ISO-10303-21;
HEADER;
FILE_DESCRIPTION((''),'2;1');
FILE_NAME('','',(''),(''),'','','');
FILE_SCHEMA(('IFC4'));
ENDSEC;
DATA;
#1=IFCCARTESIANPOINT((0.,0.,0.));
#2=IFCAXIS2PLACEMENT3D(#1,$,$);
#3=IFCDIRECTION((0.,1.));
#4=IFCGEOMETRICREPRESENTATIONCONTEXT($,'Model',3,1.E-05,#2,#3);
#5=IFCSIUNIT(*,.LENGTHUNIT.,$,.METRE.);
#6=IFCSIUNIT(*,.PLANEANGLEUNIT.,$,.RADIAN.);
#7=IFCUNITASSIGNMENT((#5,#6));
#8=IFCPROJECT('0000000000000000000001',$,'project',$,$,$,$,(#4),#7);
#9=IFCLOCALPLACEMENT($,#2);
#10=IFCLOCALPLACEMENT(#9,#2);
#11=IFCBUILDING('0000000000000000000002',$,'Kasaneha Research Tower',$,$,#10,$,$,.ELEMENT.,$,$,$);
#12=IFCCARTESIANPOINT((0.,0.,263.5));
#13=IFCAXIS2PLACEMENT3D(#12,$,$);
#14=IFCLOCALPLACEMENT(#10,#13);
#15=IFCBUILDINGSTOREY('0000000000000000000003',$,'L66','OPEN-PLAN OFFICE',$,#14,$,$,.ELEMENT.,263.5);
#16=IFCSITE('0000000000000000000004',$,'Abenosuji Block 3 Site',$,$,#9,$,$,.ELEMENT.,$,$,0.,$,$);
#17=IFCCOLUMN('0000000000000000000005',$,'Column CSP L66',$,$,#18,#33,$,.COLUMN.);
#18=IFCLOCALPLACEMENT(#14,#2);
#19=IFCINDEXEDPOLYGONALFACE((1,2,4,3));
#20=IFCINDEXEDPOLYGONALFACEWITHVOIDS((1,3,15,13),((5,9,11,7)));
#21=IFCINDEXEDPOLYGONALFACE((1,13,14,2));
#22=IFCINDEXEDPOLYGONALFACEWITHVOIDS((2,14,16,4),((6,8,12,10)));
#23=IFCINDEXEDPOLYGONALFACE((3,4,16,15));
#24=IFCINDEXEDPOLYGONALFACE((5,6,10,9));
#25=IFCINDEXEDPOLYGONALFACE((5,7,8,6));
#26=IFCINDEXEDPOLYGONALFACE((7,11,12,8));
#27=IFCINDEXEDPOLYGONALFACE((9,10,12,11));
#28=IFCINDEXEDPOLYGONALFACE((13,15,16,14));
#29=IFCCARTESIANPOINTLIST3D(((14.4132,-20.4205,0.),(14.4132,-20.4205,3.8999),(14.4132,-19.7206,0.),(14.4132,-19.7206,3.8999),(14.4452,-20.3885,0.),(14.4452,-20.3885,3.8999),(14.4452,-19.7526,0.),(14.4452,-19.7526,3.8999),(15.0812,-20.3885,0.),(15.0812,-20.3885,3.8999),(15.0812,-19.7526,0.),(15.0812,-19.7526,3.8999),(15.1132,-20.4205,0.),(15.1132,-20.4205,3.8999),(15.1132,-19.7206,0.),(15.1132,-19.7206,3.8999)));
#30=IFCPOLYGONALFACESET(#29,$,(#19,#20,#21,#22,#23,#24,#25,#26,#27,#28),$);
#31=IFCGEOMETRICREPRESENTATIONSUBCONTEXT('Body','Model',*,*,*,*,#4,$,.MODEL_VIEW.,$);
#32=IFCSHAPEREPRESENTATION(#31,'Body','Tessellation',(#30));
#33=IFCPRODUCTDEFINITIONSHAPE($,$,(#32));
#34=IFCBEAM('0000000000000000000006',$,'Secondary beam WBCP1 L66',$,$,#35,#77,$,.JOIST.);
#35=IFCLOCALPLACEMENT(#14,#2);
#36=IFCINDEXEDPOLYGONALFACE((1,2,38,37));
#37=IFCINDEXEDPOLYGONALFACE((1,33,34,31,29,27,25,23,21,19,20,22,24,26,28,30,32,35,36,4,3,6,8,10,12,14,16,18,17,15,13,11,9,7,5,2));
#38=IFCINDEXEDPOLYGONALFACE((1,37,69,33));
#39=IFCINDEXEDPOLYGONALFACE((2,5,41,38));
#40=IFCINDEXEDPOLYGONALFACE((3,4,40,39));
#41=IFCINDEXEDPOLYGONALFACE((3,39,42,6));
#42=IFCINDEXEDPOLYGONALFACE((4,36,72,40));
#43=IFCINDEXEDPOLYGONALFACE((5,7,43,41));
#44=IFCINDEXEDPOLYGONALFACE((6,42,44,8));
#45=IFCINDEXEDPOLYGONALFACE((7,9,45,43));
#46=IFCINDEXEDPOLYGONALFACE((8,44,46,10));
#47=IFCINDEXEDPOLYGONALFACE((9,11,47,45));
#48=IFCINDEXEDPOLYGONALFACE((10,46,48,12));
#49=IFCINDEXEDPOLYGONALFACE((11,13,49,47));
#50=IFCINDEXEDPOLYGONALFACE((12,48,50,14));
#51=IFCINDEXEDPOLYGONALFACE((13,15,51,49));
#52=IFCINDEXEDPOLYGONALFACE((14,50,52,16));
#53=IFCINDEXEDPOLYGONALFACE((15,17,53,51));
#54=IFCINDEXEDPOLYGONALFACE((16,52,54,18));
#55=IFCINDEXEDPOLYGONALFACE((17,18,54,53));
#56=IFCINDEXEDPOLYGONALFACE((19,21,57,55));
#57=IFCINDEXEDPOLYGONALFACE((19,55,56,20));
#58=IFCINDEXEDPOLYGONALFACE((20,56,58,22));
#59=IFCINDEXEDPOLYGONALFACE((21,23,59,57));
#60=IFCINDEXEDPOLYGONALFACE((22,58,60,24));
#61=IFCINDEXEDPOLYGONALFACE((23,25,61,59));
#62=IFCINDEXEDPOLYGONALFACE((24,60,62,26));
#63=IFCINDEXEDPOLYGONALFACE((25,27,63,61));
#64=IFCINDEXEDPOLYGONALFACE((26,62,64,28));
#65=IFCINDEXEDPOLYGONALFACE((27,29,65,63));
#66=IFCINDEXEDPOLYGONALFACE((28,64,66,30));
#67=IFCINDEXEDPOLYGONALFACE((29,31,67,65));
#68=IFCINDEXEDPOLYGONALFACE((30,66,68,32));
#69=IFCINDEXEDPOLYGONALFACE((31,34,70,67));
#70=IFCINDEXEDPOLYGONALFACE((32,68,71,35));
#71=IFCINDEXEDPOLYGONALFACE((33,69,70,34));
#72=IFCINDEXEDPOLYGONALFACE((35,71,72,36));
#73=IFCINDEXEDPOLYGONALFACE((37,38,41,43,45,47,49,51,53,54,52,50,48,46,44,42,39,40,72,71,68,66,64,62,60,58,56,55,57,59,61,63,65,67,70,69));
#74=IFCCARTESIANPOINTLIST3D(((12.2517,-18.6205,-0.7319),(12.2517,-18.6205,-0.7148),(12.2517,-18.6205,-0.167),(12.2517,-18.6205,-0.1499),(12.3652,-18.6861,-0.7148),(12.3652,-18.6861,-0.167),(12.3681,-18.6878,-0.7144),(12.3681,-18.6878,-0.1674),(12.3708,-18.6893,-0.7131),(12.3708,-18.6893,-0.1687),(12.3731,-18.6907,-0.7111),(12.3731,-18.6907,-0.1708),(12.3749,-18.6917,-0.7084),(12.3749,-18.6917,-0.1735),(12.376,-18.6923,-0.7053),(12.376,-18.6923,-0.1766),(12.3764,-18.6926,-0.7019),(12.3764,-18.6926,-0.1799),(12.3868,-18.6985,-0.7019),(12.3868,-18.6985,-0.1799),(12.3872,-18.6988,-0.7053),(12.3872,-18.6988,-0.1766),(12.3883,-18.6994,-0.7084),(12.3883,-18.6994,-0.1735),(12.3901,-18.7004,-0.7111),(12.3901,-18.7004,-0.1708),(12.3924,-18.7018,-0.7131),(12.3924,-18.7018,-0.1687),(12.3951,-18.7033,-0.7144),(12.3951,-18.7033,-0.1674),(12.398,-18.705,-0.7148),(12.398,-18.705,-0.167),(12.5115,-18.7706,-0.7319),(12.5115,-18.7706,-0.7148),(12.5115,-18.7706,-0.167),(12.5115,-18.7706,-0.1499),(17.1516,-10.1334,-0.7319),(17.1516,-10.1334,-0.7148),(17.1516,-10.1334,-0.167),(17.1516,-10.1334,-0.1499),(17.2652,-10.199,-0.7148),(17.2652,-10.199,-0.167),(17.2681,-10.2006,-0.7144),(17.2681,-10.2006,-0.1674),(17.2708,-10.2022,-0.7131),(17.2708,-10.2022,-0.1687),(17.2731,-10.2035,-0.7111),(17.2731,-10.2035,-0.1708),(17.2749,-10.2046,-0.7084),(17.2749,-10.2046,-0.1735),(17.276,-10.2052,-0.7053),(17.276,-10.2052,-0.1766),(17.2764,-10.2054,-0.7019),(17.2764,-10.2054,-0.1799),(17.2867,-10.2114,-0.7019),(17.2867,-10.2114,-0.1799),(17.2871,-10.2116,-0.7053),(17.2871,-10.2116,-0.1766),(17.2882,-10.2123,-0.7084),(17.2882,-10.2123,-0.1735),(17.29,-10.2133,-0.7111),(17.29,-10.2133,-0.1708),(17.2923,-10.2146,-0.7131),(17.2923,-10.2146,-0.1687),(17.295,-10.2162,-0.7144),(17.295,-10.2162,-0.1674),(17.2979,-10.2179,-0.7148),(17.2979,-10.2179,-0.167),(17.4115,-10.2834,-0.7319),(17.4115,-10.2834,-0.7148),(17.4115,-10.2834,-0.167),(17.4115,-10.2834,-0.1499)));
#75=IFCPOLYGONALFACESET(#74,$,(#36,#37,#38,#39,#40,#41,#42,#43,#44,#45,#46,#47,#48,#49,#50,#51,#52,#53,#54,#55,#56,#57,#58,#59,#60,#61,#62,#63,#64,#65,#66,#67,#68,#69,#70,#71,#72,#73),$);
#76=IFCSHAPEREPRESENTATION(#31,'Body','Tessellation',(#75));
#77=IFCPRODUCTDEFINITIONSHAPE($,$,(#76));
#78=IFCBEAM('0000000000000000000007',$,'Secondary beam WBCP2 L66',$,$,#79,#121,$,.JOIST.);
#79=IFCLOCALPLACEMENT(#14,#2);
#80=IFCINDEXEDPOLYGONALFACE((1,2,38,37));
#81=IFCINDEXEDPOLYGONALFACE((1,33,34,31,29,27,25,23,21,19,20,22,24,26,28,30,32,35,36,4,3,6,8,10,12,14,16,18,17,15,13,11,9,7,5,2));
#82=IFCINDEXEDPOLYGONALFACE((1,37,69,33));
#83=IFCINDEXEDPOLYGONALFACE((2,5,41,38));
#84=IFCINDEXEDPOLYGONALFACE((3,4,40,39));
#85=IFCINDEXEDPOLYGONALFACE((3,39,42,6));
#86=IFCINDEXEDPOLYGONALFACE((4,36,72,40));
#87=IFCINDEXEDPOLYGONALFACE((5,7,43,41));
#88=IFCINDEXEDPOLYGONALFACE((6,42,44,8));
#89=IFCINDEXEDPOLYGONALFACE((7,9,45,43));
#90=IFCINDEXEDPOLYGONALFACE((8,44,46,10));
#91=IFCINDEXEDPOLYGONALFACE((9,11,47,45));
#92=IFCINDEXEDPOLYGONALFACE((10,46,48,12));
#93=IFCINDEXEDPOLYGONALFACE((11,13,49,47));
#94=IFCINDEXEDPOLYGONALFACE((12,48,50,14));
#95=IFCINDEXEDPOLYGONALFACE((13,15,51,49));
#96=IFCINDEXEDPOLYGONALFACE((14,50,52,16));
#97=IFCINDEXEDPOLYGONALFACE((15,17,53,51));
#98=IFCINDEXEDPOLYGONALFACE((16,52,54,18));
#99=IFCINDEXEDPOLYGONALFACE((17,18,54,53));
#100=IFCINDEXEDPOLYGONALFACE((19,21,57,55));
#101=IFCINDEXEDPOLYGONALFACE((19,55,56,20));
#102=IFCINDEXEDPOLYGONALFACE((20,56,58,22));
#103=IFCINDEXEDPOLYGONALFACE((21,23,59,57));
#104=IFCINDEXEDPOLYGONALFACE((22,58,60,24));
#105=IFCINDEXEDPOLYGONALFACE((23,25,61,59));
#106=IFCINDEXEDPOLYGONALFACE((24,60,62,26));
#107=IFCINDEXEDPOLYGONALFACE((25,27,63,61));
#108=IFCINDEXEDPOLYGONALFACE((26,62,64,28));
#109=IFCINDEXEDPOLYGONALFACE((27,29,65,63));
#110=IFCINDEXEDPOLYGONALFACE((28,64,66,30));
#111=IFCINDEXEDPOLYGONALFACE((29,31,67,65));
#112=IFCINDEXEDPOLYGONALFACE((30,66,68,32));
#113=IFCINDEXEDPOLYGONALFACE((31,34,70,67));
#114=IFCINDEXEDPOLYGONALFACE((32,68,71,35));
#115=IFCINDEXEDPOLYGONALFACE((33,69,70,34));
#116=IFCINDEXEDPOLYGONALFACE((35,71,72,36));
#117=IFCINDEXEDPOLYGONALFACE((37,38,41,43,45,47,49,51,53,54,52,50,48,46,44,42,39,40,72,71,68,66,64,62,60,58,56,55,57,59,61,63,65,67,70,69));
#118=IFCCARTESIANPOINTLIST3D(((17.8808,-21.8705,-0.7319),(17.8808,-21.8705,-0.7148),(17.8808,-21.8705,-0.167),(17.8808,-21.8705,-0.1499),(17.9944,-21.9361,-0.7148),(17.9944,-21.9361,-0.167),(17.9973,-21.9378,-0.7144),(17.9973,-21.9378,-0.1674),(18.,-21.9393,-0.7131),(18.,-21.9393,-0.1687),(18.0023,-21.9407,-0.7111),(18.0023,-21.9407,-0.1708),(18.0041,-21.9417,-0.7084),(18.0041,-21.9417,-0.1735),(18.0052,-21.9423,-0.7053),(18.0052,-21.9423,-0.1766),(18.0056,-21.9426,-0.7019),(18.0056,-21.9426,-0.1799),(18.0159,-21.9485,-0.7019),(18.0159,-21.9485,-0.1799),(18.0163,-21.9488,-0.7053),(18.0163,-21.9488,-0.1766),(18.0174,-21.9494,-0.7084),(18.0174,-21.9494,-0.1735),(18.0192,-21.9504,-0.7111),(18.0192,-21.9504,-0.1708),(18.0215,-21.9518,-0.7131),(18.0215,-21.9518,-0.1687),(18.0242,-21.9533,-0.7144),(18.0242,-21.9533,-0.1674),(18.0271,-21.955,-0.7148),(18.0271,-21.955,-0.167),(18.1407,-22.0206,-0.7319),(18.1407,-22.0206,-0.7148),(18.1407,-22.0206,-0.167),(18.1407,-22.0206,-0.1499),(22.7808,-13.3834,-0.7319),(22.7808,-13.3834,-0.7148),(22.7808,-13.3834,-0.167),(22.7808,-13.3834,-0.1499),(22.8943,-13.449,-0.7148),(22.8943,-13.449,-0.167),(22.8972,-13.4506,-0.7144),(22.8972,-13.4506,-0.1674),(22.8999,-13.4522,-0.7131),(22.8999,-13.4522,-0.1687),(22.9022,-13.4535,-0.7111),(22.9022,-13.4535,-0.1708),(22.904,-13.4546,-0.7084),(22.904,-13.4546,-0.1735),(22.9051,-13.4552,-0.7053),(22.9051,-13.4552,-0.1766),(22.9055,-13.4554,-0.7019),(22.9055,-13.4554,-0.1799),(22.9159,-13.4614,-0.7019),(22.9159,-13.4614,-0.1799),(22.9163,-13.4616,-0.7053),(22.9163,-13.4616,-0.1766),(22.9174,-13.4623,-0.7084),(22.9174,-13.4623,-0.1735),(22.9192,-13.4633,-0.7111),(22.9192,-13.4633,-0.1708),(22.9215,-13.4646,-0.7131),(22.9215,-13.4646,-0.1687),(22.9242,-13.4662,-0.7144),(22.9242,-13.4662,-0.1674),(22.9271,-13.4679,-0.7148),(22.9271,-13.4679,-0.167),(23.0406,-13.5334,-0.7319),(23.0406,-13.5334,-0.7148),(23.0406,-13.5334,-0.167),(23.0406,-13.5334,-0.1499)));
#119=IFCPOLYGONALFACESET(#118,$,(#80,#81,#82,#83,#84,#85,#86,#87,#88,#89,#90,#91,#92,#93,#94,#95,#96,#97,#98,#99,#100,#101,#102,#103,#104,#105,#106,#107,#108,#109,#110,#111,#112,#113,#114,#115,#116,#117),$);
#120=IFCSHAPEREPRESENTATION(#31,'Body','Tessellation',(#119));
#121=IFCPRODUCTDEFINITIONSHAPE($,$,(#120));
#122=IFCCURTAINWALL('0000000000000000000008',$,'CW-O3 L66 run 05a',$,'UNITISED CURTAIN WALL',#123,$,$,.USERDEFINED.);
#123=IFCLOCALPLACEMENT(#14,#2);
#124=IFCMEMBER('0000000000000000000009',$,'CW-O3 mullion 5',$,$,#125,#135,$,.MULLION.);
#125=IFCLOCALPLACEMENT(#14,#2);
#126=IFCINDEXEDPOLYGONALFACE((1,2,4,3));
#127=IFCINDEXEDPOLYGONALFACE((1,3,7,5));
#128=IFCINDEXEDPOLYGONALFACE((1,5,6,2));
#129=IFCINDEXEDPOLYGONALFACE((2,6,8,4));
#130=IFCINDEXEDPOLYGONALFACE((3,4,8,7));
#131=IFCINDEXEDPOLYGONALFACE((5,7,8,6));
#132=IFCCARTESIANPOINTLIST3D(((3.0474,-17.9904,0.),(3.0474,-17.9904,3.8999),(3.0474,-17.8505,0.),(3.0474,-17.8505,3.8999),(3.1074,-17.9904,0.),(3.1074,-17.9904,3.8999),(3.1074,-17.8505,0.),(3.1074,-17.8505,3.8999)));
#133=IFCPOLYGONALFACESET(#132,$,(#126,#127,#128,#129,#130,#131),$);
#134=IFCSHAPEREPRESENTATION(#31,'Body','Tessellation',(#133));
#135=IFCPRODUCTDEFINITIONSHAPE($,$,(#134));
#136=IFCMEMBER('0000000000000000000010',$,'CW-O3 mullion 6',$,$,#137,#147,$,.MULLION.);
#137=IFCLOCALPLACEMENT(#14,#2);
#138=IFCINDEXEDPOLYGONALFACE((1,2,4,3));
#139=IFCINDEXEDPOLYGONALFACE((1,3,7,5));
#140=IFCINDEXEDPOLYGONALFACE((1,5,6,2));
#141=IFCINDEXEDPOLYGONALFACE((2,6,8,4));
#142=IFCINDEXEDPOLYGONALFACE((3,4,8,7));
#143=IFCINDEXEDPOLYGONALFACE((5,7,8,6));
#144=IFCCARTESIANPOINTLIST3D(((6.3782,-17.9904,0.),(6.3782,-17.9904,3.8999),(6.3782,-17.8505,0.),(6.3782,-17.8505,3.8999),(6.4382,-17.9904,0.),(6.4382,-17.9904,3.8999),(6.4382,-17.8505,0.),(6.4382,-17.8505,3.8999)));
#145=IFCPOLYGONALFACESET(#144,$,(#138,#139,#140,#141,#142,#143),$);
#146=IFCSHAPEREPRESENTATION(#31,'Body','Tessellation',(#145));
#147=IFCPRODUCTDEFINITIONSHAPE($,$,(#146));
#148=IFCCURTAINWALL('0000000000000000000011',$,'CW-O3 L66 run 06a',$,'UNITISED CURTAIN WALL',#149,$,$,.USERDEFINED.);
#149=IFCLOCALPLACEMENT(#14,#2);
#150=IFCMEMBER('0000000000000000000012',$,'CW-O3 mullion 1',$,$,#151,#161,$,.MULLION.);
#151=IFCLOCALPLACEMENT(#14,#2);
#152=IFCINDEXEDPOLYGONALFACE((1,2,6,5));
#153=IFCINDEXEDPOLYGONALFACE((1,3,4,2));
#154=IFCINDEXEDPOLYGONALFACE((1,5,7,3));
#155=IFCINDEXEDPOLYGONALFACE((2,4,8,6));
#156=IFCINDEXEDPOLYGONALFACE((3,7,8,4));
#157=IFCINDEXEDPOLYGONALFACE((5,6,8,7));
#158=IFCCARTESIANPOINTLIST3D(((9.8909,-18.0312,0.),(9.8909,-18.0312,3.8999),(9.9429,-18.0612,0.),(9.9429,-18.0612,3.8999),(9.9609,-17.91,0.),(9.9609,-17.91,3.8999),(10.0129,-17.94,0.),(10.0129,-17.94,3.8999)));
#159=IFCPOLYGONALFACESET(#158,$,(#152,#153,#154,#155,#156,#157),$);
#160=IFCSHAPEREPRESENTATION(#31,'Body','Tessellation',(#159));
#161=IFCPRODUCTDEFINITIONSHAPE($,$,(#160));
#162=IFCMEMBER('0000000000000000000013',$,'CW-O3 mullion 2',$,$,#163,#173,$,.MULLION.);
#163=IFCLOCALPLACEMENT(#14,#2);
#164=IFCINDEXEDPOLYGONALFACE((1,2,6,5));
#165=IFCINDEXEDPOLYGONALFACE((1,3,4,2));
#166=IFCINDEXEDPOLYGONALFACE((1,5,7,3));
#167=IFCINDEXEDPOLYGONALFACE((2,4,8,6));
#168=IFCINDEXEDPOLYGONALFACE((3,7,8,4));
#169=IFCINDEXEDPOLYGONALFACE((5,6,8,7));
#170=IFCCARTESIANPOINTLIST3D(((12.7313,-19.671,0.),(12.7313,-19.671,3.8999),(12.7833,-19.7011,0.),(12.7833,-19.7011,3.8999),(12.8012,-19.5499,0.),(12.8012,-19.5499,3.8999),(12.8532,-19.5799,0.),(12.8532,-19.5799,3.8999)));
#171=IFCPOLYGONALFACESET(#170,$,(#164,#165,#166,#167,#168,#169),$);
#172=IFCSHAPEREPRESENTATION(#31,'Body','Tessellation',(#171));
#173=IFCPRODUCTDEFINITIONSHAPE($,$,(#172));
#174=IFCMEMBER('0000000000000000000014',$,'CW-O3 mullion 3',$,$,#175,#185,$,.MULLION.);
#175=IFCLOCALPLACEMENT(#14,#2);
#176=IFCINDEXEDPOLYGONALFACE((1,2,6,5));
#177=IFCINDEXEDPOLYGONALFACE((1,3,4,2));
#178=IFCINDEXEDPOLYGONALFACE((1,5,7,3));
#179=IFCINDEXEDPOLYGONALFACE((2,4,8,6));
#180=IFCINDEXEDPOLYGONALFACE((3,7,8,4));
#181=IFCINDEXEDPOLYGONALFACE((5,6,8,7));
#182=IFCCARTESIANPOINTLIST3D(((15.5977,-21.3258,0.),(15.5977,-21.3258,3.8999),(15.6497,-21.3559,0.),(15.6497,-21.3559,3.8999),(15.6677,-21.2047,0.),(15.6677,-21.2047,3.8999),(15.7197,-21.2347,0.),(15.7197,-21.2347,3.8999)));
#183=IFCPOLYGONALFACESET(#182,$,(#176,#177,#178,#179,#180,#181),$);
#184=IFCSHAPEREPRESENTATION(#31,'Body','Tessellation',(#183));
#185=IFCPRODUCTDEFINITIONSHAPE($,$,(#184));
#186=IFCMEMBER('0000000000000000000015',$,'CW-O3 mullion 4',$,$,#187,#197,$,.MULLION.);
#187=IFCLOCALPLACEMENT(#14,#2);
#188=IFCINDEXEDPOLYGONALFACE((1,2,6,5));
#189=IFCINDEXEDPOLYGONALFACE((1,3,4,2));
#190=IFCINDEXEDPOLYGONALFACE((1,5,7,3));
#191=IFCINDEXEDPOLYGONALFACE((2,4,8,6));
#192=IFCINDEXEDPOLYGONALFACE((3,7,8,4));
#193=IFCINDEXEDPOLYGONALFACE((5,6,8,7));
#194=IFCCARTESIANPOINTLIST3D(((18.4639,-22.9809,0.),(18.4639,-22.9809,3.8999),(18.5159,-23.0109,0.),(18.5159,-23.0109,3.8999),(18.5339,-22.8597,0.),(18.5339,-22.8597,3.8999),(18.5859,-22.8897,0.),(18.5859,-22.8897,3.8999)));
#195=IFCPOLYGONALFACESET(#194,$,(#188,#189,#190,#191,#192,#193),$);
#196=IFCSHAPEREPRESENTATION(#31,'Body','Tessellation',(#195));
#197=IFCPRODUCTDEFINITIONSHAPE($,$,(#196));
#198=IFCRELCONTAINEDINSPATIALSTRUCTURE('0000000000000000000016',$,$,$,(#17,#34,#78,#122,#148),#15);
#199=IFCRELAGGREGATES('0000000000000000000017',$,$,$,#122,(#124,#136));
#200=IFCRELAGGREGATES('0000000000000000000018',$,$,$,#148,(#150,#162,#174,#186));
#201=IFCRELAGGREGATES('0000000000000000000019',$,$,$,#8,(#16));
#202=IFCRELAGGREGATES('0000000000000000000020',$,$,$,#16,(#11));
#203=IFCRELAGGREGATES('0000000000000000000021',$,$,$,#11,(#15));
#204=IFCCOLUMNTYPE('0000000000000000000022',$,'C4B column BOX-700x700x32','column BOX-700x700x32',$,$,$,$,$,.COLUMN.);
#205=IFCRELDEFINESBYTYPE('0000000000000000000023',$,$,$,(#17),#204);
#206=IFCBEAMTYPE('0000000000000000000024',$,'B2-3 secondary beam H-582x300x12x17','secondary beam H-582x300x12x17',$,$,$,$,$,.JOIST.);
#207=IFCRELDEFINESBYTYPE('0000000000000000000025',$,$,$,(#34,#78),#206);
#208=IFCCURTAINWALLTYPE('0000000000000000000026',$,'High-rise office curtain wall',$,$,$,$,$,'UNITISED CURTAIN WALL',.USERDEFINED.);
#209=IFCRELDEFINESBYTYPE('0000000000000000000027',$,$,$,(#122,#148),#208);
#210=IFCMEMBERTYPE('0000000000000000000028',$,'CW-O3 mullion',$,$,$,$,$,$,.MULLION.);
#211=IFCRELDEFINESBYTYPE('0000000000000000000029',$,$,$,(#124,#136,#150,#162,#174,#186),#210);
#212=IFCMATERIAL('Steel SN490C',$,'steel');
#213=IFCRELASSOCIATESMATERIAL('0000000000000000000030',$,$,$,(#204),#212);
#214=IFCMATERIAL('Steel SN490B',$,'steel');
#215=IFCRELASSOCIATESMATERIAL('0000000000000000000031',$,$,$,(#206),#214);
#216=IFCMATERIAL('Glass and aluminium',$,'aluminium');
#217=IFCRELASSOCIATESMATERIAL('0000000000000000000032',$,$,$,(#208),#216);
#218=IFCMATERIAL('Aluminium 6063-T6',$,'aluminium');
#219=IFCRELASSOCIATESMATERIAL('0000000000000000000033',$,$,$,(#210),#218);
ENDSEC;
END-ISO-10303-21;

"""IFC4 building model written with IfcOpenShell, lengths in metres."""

from ifc_helpers import new_model, si_unit, direction, frame, origin, origin_2d, place, context, subcontext, project, spatial, rectangle, hollow_rectangle, i_section, extrude, material, material_profile, profile_set, type_object, element, aggregate, save


model = new_model("IFC4")

# Units and contexts
model_context = context("Model", 3, precision=1e-05, world=origin(), true_north=direction((0.0, 1.0)))
body_context = subcontext(model_context, "Body", "Model", "MODEL_VIEW")
ifc_project = project(units=[si_unit("LENGTHUNIT", "METRE"), si_unit("PLANEANGLEUNIT", "RADIAN")], contexts=[model_context])

# Site, building, storey
site_placement = place(None, origin())
site = spatial("IfcSite", under=ifc_project, at=site_placement, Name="Abenosuji Block 3 Site", CompositionType="ELEMENT", RefElevation=0.0)
building_placement = place(site_placement, origin())
building = spatial("IfcBuilding", under=site, at=building_placement, Name="Kasaneha Research Tower", CompositionType="ELEMENT")
storey_placement = place(building_placement, frame((0.0, 0.0, 263.5)))
storey = spatial("IfcBuildingStorey", under=building, at=storey_placement, Name="L66", Description="OPEN-PLAN OFFICE", CompositionType="ELEMENT", Elevation=263.5)

# Column
ifc_material_1 = material(Name="Steel SN490C", Category="steel")
ifc_material_profile_1 = material_profile(ifc_material_1, hollow_rectangle(XDim=0.7, YDim=0.7, WallThickness=0.032, at=origin_2d()), Name="BOX-700x700x32")
ifc_profile_set_1 = profile_set([ifc_material_profile_1], Name="Steel SN490C")
column_type = type_object("IfcColumnType", Name="C4B column BOX-700x700x32", Description="column BOX-700x700x32", PredefinedType="COLUMN", material=ifc_profile_set_1)
column_placement = place(storey_placement, frame((14.7632, -20.0706, 0.0), z_axis=(0.0, 0.0, 1.0), x_axis=(1.0, 0.0, 0.0)))
element("IfcColumn", 1, at=column_placement, inside=storey, type_object=column_type, Name="Column CSP L66", PredefinedType="COLUMN", context=body_context, shape_type="SweptSolid", body=[
    extrude(hollow_rectangle(XDim=0.7, YDim=0.7, WallThickness=0.032, at=origin_2d()), origin(), (0.0, 0.0, 1.0), 3.8999),
])

# Beams
ifc_material_2 = material(Name="Steel SN490B", Category="steel")
ifc_material_profile_2 = material_profile(ifc_material_2, i_section(OverallWidth=0.3, OverallDepth=0.582, WebThickness=0.012, FlangeThickness=0.0171, FilletRadius=0.0129, at=origin_2d()), Name="H-582x300x12x17")
ifc_profile_set_2 = profile_set([ifc_material_profile_2], Name="Steel SN490B")
beam_type_1 = type_object("IfcBeamType", Name="B2-3 secondary beam H-582x300x12x17", Description="secondary beam H-582x300x12x17", PredefinedType="JOIST", material=ifc_profile_set_2)
for number, where, z_axis, x_axis, name in (
    (2, (12.3816, -18.6956, -0.4409), (0.499992, 0.86603, 0.0), (-0.86603, 0.499992, 0.0), "Secondary beam WBCP1 L66"),
    (3, (18.0107, -21.9456, -0.4409), (0.499992, 0.86603, 0.0), (-0.86603, 0.499992, 0.0), "Secondary beam WBCP2 L66"),
):
    element("IfcBeam", number, at=place(storey_placement, frame(where, z_axis=z_axis, x_axis=x_axis)), inside=storey, type_object=beam_type_1, Name=name, PredefinedType="JOIST", context=body_context, shape_type="SweptSolid", body=[
        extrude(i_section(OverallWidth=0.3, OverallDepth=0.582, WebThickness=0.012, FlangeThickness=0.0171, FilletRadius=0.0129, at=origin_2d()), origin(), (0.0, 0.0, 1.0), 9.8),
    ])

# Curtain walls, members
ifc_material_3 = material(Name="Glass and aluminium", Category="aluminium")
curtain_wall_type = type_object("IfcCurtainWallType", Name="High-rise office curtain wall", ElementType="UNITISED CURTAIN WALL", PredefinedType="USERDEFINED", material=ifc_material_3)
curtain_wall_1_placement = place(storey_placement, origin())
curtain_wall_1 = element("IfcCurtainWall", 4, at=curtain_wall_1_placement, inside=storey, type_object=curtain_wall_type, Name="CW-O3 L66 run 05a", ObjectType="UNITISED CURTAIN WALL", PredefinedType="USERDEFINED")
ifc_material_4 = material(Name="Aluminium 6063-T6", Category="aluminium")
ifc_material_profile_3 = material_profile(ifc_material_4, rectangle(XDim=0.0601, YDim=0.1399, at=origin_2d()), Name="CW-O3 mullion 60x140")
ifc_profile_set_3 = profile_set([ifc_material_profile_3], Name="Aluminium 6063-T6")
member_type_1 = type_object("IfcMemberType", Name="CW-O3 mullion", PredefinedType="MULLION", material=ifc_profile_set_3)
member_1_placement = place(storey_placement, frame((3.0774, -17.9204, 0.0), z_axis=(0.0, 0.0, 1.0), x_axis=(1.0, 0.0, 0.0)))
member_1 = element("IfcMember", 5, at=member_1_placement, type_object=member_type_1, Name="CW-O3 mullion 5", PredefinedType="MULLION", context=body_context, shape_type="SweptSolid", body=[
    extrude(rectangle(XDim=0.0601, YDim=0.1399, at=origin_2d()), origin(), (0.0, 0.0, 1.0), 3.8999),
])
member_2_placement = place(storey_placement, frame((6.4082, -17.9204, 0.0), z_axis=(0.0, 0.0, 1.0), x_axis=(1.0, 0.0, 0.0)))
member_2 = element("IfcMember", 6, at=member_2_placement, type_object=member_type_1, Name="CW-O3 mullion 6", PredefinedType="MULLION", context=body_context, shape_type="SweptSolid", body=[
    extrude(rectangle(XDim=0.0601, YDim=0.1399, at=origin_2d()), origin(), (0.0, 0.0, 1.0), 3.8999),
])
curtain_wall_2_placement = place(storey_placement, origin())
curtain_wall_2 = element("IfcCurtainWall", 7, at=curtain_wall_2_placement, inside=storey, type_object=curtain_wall_type, Name="CW-O3 L66 run 06a", ObjectType="UNITISED CURTAIN WALL", PredefinedType="USERDEFINED")
member_3_placement = place(storey_placement, frame((9.9519, -17.9856, 0.0), z_axis=(0.0, 0.0, 1.0), x_axis=(0.866025, -0.5, 0.0)))
member_3 = element("IfcMember", 8, at=member_3_placement, type_object=member_type_1, Name="CW-O3 mullion 1", PredefinedType="MULLION", context=body_context, shape_type="SweptSolid", body=[
    extrude(rectangle(XDim=0.0601, YDim=0.1399, at=origin_2d()), origin(), (0.0, 0.0, 1.0), 3.8999),
])
member_4_placement = place(storey_placement, frame((12.7922, -19.6255, 0.0), z_axis=(0.0, 0.0, 1.0), x_axis=(0.866025, -0.5, 0.0)))
member_4 = element("IfcMember", 9, at=member_4_placement, type_object=member_type_1, Name="CW-O3 mullion 2", PredefinedType="MULLION", context=body_context, shape_type="SweptSolid", body=[
    extrude(rectangle(XDim=0.0601, YDim=0.1399, at=origin_2d()), origin(), (0.0, 0.0, 1.0), 3.8999),
])
member_5_placement = place(storey_placement, frame((15.6587, -21.2803, 0.0), z_axis=(0.0, 0.0, 1.0), x_axis=(0.866025, -0.5, 0.0)))
member_5 = element("IfcMember", 10, at=member_5_placement, type_object=member_type_1, Name="CW-O3 mullion 3", PredefinedType="MULLION", context=body_context, shape_type="SweptSolid", body=[
    extrude(rectangle(XDim=0.0601, YDim=0.1399, at=origin_2d()), origin(), (0.0, 0.0, 1.0), 3.8999),
])
member_6_placement = place(storey_placement, frame((18.5249, -22.9353, 0.0), z_axis=(0.0, 0.0, 1.0), x_axis=(0.866025, -0.5, 0.0)))
member_6 = element("IfcMember", 11, at=member_6_placement, type_object=member_type_1, Name="CW-O3 mullion 4", PredefinedType="MULLION", context=body_context, shape_type="SweptSolid", body=[
    extrude(rectangle(XDim=0.0601, YDim=0.1399, at=origin_2d()), origin(), (0.0, 0.0, 1.0), 3.8999),
])

aggregate(curtain_wall_1, [member_1, member_2])
aggregate(curtain_wall_2, [member_3, member_4, member_5, member_6])

save(model, "model.ifc")
